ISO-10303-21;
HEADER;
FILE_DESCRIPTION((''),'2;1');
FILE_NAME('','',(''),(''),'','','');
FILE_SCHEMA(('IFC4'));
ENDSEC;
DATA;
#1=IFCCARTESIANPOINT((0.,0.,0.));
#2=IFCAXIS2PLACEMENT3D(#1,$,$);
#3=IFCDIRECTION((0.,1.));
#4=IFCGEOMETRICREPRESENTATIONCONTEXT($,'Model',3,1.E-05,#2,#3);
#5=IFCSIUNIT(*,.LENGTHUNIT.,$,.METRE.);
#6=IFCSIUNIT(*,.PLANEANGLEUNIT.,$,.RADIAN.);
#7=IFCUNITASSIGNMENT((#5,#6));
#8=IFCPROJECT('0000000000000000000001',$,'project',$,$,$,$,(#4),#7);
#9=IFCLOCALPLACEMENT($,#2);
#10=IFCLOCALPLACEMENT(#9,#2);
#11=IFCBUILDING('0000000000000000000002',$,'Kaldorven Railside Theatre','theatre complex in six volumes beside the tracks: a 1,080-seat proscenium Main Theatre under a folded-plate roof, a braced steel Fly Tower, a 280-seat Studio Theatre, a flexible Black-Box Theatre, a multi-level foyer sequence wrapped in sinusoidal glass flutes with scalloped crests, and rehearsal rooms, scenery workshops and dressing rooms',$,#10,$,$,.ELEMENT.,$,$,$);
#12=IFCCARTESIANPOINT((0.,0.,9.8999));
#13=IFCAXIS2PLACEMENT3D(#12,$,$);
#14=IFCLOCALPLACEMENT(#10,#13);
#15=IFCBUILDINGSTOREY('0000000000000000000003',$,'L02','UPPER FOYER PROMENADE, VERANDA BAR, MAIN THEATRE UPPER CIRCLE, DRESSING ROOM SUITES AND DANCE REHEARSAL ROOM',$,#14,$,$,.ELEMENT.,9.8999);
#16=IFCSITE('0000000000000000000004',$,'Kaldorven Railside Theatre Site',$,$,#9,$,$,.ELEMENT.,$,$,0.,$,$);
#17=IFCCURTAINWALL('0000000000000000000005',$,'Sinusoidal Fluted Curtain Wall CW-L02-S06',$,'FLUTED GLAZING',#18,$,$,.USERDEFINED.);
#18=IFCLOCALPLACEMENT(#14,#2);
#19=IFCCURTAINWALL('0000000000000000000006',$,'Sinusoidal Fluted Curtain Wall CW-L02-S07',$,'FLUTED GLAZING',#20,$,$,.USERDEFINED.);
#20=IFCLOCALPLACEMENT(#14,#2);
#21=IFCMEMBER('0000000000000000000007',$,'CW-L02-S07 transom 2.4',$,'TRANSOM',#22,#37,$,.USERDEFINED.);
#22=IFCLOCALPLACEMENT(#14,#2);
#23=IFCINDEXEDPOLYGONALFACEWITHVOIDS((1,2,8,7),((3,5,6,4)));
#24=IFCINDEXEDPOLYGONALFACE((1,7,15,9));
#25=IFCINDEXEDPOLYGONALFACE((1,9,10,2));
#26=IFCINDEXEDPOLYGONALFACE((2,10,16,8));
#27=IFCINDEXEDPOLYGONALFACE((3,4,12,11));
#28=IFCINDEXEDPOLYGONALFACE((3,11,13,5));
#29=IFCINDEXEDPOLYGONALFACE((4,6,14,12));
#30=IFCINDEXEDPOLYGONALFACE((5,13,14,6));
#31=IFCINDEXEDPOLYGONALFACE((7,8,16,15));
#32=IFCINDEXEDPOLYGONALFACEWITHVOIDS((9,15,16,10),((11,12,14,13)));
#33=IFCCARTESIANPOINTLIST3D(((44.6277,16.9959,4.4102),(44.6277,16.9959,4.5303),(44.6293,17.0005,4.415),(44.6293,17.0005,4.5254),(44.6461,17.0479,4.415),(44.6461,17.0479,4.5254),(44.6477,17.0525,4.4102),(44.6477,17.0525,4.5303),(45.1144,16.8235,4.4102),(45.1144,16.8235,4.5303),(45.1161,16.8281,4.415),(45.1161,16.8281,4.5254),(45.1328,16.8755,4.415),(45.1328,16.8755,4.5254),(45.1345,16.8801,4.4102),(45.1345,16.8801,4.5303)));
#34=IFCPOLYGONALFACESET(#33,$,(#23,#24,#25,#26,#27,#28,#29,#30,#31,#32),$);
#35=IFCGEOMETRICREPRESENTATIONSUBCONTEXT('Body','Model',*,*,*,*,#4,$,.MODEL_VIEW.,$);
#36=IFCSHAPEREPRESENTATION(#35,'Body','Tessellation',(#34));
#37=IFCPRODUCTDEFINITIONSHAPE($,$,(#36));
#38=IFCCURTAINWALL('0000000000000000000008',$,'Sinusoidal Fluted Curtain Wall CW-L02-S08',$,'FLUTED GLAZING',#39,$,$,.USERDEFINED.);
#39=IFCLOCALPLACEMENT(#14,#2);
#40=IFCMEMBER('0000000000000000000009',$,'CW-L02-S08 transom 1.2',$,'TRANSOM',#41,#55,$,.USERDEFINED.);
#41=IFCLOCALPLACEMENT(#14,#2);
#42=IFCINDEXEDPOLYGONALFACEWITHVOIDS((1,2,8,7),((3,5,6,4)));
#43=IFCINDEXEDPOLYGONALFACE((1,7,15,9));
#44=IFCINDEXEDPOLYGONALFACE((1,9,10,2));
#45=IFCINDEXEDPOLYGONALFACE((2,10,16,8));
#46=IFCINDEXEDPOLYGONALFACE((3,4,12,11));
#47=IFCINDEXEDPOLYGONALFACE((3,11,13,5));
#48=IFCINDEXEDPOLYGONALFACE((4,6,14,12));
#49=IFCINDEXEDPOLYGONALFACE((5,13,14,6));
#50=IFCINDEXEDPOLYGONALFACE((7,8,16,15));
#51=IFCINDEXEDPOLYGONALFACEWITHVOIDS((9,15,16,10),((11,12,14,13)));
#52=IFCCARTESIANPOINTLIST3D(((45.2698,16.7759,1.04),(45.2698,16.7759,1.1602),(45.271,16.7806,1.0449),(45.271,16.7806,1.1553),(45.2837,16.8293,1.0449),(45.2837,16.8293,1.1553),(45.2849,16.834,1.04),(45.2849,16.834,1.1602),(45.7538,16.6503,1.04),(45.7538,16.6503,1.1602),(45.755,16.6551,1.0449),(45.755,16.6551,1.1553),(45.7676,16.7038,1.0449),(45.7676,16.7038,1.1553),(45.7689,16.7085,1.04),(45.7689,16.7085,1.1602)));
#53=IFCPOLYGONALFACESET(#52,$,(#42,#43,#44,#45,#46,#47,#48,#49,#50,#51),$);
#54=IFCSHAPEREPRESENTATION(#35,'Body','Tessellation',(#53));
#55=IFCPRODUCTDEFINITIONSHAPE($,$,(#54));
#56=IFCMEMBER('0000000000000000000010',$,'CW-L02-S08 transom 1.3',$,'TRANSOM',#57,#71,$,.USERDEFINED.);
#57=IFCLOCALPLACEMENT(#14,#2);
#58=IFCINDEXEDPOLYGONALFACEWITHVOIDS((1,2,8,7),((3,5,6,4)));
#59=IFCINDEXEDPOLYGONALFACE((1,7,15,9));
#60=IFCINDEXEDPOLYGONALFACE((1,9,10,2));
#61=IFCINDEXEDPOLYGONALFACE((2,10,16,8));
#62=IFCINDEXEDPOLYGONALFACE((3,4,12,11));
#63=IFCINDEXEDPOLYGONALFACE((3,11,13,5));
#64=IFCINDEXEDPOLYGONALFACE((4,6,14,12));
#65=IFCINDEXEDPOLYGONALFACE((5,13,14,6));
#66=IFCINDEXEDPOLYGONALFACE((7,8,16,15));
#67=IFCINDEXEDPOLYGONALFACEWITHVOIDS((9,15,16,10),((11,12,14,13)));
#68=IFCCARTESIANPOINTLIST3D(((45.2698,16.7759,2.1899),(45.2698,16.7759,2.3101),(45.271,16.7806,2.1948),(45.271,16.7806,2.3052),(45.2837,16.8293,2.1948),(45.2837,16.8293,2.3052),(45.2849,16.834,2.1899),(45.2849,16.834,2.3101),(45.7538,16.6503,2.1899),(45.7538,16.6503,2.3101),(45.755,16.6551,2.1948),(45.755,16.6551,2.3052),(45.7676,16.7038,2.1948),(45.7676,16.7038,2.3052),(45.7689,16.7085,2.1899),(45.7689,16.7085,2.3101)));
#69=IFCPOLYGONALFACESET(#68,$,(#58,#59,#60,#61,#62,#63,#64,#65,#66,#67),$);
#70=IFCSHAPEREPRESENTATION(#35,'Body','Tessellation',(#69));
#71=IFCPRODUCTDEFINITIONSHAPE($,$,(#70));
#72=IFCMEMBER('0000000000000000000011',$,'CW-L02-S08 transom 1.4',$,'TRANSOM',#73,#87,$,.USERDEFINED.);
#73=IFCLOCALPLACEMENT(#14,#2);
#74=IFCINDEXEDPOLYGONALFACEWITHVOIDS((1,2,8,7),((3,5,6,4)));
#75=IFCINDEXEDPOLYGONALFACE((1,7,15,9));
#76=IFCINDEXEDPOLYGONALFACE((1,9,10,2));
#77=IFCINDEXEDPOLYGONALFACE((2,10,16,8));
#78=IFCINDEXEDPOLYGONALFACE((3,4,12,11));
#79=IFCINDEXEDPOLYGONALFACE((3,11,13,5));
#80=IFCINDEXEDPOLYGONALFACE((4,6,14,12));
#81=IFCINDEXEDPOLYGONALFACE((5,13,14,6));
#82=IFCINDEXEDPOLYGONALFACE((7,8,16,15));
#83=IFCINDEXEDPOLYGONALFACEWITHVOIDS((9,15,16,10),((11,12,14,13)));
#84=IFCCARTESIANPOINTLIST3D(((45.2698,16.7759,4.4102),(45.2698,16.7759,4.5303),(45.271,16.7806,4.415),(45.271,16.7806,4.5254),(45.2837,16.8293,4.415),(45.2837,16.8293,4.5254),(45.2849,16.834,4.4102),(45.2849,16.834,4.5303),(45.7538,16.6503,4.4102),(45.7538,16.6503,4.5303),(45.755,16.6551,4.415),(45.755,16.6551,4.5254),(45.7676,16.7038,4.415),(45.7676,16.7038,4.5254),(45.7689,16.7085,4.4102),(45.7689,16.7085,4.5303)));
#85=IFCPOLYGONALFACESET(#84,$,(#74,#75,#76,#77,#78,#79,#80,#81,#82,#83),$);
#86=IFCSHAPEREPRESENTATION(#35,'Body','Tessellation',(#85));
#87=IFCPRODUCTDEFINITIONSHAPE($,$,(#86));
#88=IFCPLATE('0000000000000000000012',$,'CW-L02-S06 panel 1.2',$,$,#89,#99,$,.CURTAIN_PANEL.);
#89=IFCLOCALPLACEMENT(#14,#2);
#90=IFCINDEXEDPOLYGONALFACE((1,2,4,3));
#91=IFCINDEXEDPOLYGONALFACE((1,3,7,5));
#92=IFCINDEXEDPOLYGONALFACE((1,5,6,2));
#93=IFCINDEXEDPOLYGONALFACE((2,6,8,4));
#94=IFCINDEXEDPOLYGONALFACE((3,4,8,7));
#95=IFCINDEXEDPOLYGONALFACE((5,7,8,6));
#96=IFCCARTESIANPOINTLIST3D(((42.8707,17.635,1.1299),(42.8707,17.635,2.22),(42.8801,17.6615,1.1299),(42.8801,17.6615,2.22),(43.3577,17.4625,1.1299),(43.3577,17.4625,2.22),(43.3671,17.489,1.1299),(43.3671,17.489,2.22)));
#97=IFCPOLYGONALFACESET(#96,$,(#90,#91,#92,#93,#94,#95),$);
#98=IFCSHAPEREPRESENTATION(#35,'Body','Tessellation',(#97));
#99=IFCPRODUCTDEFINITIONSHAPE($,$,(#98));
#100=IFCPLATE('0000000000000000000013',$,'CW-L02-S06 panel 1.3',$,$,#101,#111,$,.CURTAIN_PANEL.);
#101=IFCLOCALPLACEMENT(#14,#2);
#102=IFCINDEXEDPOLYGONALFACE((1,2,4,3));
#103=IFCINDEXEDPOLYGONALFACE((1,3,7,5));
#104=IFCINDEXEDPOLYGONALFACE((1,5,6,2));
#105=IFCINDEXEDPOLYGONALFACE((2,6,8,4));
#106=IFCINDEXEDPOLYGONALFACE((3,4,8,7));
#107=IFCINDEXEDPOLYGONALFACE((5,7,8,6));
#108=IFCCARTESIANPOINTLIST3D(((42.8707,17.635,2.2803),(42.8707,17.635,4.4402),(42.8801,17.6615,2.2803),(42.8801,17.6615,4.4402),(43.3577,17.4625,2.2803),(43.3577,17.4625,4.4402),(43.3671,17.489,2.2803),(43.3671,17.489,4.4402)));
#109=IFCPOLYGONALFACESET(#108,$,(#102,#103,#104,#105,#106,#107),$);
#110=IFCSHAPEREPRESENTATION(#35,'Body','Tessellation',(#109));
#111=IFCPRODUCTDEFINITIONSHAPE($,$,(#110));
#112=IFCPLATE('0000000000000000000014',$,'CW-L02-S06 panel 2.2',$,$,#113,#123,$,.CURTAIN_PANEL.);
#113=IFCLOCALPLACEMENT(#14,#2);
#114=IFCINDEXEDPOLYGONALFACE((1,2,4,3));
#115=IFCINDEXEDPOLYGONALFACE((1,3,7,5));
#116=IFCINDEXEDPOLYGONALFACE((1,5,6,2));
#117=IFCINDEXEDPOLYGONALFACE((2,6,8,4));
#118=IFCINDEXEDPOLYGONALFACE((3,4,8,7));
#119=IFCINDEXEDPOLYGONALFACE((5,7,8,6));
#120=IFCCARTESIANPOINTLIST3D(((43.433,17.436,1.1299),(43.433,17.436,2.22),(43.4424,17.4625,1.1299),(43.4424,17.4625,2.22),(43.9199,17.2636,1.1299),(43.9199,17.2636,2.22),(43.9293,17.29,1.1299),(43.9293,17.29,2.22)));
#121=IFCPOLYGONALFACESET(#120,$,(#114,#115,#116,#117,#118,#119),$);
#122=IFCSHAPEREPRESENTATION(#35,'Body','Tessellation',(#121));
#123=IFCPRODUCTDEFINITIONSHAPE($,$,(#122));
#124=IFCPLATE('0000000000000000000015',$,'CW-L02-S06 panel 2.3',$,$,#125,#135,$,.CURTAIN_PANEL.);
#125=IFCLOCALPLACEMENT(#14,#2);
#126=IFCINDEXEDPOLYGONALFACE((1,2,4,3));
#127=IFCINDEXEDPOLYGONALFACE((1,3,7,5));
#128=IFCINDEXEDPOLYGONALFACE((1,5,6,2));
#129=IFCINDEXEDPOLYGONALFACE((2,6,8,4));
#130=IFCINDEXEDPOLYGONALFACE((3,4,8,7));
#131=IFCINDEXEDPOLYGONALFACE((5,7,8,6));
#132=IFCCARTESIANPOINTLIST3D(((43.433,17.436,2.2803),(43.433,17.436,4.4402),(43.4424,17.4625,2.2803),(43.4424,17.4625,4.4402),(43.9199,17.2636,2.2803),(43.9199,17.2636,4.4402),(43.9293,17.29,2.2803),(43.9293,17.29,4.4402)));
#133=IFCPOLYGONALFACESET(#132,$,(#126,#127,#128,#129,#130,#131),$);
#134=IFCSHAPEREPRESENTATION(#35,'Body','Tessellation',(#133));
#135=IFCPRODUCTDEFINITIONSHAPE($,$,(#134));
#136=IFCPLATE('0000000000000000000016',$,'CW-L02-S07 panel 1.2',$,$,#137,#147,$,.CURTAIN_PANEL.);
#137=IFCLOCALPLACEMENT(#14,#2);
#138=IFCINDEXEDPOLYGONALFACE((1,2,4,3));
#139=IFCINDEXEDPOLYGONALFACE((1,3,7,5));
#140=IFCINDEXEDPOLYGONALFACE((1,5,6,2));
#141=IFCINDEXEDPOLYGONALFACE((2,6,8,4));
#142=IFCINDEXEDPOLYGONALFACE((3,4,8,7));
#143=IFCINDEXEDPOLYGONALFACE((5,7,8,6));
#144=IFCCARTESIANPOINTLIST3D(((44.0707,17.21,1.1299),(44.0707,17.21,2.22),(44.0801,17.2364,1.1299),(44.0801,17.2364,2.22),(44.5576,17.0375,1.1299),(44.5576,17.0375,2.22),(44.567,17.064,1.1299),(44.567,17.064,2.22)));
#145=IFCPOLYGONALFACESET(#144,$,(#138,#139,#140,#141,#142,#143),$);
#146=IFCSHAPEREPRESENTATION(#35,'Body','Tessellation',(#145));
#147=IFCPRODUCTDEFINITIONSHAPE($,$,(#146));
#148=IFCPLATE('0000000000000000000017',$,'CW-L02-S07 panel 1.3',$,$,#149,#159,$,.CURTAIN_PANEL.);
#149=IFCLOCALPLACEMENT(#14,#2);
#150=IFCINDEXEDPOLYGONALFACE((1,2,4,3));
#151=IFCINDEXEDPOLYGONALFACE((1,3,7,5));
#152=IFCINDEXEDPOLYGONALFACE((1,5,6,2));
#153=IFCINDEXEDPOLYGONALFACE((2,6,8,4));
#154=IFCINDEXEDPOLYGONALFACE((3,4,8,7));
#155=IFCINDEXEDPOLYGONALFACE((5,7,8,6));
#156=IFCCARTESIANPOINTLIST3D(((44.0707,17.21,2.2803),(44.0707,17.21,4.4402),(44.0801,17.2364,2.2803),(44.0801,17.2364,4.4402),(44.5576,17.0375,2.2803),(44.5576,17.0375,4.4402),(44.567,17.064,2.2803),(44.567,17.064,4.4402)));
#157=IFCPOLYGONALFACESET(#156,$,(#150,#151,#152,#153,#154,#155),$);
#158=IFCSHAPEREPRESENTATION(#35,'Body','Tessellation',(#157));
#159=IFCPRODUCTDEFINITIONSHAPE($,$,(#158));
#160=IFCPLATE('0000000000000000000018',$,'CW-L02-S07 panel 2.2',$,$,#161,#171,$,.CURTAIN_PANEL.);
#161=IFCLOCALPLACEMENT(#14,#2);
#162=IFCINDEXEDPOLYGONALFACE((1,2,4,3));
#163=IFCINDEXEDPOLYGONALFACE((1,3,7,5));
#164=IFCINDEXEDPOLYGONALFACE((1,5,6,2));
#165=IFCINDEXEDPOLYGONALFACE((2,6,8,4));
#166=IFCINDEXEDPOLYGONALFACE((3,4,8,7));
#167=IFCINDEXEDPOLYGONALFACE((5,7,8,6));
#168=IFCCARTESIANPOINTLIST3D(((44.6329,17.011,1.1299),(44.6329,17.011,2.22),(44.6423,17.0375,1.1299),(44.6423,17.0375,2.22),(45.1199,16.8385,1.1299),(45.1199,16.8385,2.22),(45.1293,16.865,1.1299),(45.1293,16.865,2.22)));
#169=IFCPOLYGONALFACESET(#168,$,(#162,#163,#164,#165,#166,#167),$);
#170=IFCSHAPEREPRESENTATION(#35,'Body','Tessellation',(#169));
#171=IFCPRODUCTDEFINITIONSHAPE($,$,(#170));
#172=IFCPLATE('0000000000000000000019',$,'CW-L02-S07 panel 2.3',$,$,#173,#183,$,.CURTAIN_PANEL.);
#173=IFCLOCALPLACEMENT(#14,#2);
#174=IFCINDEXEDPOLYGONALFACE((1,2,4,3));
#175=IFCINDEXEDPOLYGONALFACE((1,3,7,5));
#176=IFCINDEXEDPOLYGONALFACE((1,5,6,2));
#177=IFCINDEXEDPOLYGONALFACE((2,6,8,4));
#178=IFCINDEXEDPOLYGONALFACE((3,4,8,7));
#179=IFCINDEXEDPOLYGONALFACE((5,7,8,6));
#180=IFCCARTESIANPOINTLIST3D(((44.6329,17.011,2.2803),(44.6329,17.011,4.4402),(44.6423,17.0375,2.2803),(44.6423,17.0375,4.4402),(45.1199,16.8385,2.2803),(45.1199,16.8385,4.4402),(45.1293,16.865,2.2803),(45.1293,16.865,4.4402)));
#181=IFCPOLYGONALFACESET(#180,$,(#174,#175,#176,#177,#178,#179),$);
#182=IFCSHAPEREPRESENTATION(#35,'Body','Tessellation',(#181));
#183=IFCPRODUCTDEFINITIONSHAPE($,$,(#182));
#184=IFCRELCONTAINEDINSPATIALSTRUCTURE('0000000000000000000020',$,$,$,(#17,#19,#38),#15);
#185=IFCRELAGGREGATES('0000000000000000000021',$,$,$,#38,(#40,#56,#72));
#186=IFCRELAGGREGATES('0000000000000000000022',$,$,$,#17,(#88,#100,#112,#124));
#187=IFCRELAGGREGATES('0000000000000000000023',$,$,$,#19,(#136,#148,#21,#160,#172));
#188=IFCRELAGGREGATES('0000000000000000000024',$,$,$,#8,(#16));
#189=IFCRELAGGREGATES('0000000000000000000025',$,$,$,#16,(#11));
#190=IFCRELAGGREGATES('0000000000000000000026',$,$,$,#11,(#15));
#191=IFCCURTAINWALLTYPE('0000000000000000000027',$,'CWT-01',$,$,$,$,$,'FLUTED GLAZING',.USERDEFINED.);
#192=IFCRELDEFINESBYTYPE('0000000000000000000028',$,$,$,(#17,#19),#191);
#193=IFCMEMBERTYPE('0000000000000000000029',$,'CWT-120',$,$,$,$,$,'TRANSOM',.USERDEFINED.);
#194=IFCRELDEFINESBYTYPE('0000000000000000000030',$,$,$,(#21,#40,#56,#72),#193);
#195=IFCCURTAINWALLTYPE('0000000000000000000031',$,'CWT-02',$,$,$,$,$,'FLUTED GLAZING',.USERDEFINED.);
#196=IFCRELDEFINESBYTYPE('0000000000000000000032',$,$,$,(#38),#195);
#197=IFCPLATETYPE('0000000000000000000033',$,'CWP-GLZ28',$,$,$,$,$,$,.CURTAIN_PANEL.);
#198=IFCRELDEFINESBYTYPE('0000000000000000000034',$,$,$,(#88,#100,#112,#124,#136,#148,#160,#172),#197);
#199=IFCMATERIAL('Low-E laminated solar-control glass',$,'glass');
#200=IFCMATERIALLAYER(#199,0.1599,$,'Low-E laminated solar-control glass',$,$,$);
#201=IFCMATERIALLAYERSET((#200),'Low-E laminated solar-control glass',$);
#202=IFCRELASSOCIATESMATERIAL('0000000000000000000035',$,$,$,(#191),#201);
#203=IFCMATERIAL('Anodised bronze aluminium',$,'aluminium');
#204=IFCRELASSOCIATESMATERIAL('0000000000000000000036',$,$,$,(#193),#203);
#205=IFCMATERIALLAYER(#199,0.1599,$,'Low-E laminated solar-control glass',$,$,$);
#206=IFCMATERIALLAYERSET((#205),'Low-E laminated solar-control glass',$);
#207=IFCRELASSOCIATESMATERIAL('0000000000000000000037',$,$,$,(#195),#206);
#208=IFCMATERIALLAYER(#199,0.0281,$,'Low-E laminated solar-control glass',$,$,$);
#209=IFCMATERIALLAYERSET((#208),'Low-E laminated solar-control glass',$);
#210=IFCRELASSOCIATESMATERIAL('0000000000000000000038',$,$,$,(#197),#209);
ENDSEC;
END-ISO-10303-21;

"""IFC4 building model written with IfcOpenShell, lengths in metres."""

from ifc_helpers import new_model, si_unit, direction, frame, origin, origin_2d, place, context, subcontext, project, spatial, rectangle, hollow_rectangle, extrude, material, layer, layer_set, material_profile, profile_set, type_object, element, aggregate, save


model = new_model("IFC4")

# Units and contexts
model_context = context("Model", 3, precision=1e-05, world=origin(), true_north=direction((0.0, 1.0)))
body_context = subcontext(model_context, "Body", "Model", "MODEL_VIEW")
ifc_project = project(units=[si_unit("LENGTHUNIT", "METRE"), si_unit("PLANEANGLEUNIT", "RADIAN")], contexts=[model_context])

# Site, building, storey
site_placement = place(None, origin())
site = spatial("IfcSite", under=ifc_project, at=site_placement, Name="Kaldorven Railside Theatre Site", CompositionType="ELEMENT", RefElevation=0.0)
building_placement = place(site_placement, origin())
building = spatial("IfcBuilding", under=site, at=building_placement, Name="Kaldorven Railside Theatre", Description="theatre complex in six volumes beside the tracks: a 1,080-seat proscenium Main Theatre under a folded-plate roof, a braced steel Fly Tower, a 280-seat Studio Theatre, a flexible Black-Box Theatre, a multi-level foyer sequence wrapped in sinusoidal glass flutes with scalloped crests, and rehearsal rooms, scenery workshops and dressing rooms", CompositionType="ELEMENT")
storey_placement = place(building_placement, frame((0.0, 0.0, 9.8999)))
storey = spatial("IfcBuildingStorey", under=building, at=storey_placement, Name="L02", Description="UPPER FOYER PROMENADE, VERANDA BAR, MAIN THEATRE UPPER CIRCLE, DRESSING ROOM SUITES AND DANCE REHEARSAL ROOM", CompositionType="ELEMENT", Elevation=9.8999)

# Curtain walls, members
ifc_material_1 = material(Name="Low-E laminated solar-control glass", Category="glass")
ifc_layer_1 = layer(ifc_material_1, 0.1599, Name="Low-E laminated solar-control glass")
ifc_layer_set_1 = layer_set([ifc_layer_1], Name="Low-E laminated solar-control glass")
curtain_wall_type_1 = type_object("IfcCurtainWallType", Name="CWT-01", ElementType="FLUTED GLAZING", PredefinedType="USERDEFINED", material=ifc_layer_set_1)
curtain_wall_1_placement = place(storey_placement, origin())
curtain_wall_1 = element("IfcCurtainWall", 1, at=curtain_wall_1_placement, inside=storey, type_object=curtain_wall_type_1, Name="Sinusoidal Fluted Curtain Wall CW-L02-S06", ObjectType="FLUTED GLAZING", PredefinedType="USERDEFINED")
ifc_material_2 = material(Name="Anodised bronze aluminium", Category="aluminium")
ifc_material_profile = material_profile(ifc_material_2, hollow_rectangle(XDim=0.0601, YDim=0.1201, WallThickness=0.0049, at=origin_2d()), Name="RHS 120x60x5")
ifc_profile_set = profile_set([ifc_material_profile], Name="Anodised bronze aluminium")
member_type = type_object("IfcMemberType", Name="CWT-120", ElementType="TRANSOM", PredefinedType="USERDEFINED", material=ifc_profile_set)
curtain_wall_2_placement = place(storey_placement, origin())
curtain_wall_2 = element("IfcCurtainWall", 2, at=curtain_wall_2_placement, inside=storey, type_object=curtain_wall_type_1, Name="Sinusoidal Fluted Curtain Wall CW-L02-S07", ObjectType="FLUTED GLAZING", PredefinedType="USERDEFINED")
member_1_placement = place(storey_placement, frame((44.6377, 17.0242, 4.4702), z_axis=(0.942658, -0.33376, 0.0), x_axis=(0.33376, 0.942658, 0.0)))
member_1 = element("IfcMember", 3, at=member_1_placement, type_object=member_type, Name="CW-L02-S07 transom 2.4", ObjectType="TRANSOM", PredefinedType="USERDEFINED", context=body_context, shape_type="SweptSolid", body=[
    extrude(hollow_rectangle(XDim=0.0601, YDim=0.1201, WallThickness=0.0049, at=origin_2d()), origin(), (0.0, 0.0, 1.0), 0.5164),
])
ifc_layer_2 = layer(ifc_material_1, 0.1599, Name="Low-E laminated solar-control glass")
ifc_layer_set_2 = layer_set([ifc_layer_2], Name="Low-E laminated solar-control glass")
curtain_wall_type_2 = type_object("IfcCurtainWallType", Name="CWT-02", ElementType="FLUTED GLAZING", PredefinedType="USERDEFINED", material=ifc_layer_set_2)
curtain_wall_3_placement = place(storey_placement, origin())
curtain_wall_3 = element("IfcCurtainWall", 4, at=curtain_wall_3_placement, inside=storey, type_object=curtain_wall_type_2, Name="Sinusoidal Fluted Curtain Wall CW-L02-S08", ObjectType="FLUTED GLAZING", PredefinedType="USERDEFINED")
member_2_placement = place(storey_placement, frame((45.2773, 16.8049, 1.1001), z_axis=(0.967979, -0.25103, 0.0), x_axis=(0.25103, 0.967979, 0.0)))
member_2 = element("IfcMember", 5, at=member_2_placement, type_object=member_type, Name="CW-L02-S08 transom 1.2", ObjectType="TRANSOM", PredefinedType="USERDEFINED", context=body_context, shape_type="SweptSolid", body=[
    extrude(hollow_rectangle(XDim=0.0601, YDim=0.1201, WallThickness=0.0049, at=origin_2d()), origin(), (0.0, 0.0, 1.0), 0.5),
])
member_3_placement = place(storey_placement, frame((45.2773, 16.8049, 2.25), z_axis=(0.967979, -0.25103, 0.0), x_axis=(0.25103, 0.967979, 0.0)))
member_3 = element("IfcMember", 6, at=member_3_placement, type_object=member_type, Name="CW-L02-S08 transom 1.3", ObjectType="TRANSOM", PredefinedType="USERDEFINED", context=body_context, shape_type="SweptSolid", body=[
    extrude(hollow_rectangle(XDim=0.0601, YDim=0.1201, WallThickness=0.0049, at=origin_2d()), origin(), (0.0, 0.0, 1.0), 0.5),
])
member_4_placement = place(storey_placement, frame((45.2773, 16.8049, 4.4702), z_axis=(0.967979, -0.25103, 0.0), x_axis=(0.25103, 0.967979, 0.0)))
member_4 = element("IfcMember", 7, at=member_4_placement, type_object=member_type, Name="CW-L02-S08 transom 1.4", ObjectType="TRANSOM", PredefinedType="USERDEFINED", context=body_context, shape_type="SweptSolid", body=[
    extrude(hollow_rectangle(XDim=0.0601, YDim=0.1201, WallThickness=0.0049, at=origin_2d()), origin(), (0.0, 0.0, 1.0), 0.5),
])
aggregate(curtain_wall_3, [member_2, member_3, member_4])

# Plates
ifc_layer_3 = layer(ifc_material_1, 0.0281, Name="Low-E laminated solar-control glass")
ifc_layer_set_3 = layer_set([ifc_layer_3], Name="Low-E laminated solar-control glass")
plate_type = type_object("IfcPlateType", Name="CWP-GLZ28", PredefinedType="CURTAIN_PANEL", material=ifc_layer_set_3)
plate_1_placement = place(storey_placement, frame((43.1189, 17.562, 1.1299), z_axis=(0.0, 0.0, 1.0), x_axis=(0.942627, -0.333847, 0.0)))
plate_1 = element("IfcPlate", 8, at=plate_1_placement, type_object=plate_type, Name="CW-L02-S06 panel 1.2", PredefinedType="CURTAIN_PANEL", context=body_context, shape_type="SweptSolid", body=[
    extrude(rectangle(XDim=0.5166, YDim=0.0281, at=origin_2d()), origin(), (0.0, 0.0, 1.0), 1.0901),
])
plate_2_placement = place(storey_placement, frame((43.1189, 17.562, 2.2803), z_axis=(0.0, 0.0, 1.0), x_axis=(0.942627, -0.333847, 0.0)))
plate_2 = element("IfcPlate", 9, at=plate_2_placement, type_object=plate_type, Name="CW-L02-S06 panel 1.3", PredefinedType="CURTAIN_PANEL", context=body_context, shape_type="SweptSolid", body=[
    extrude(rectangle(XDim=0.5166, YDim=0.0281, at=origin_2d()), origin(), (0.0, 0.0, 1.0), 2.1599),
])
plate_3_placement = place(storey_placement, frame((43.6812, 17.363, 1.1299), z_axis=(0.0, 0.0, 1.0), x_axis=(0.942627, -0.333847, 0.0)))
plate_3 = element("IfcPlate", 10, at=plate_3_placement, type_object=plate_type, Name="CW-L02-S06 panel 2.2", PredefinedType="CURTAIN_PANEL", context=body_context, shape_type="SweptSolid", body=[
    extrude(rectangle(XDim=0.5166, YDim=0.0281, at=origin_2d()), origin(), (0.0, 0.0, 1.0), 1.0901),
])
plate_4_placement = place(storey_placement, frame((43.6812, 17.363, 2.2803), z_axis=(0.0, 0.0, 1.0), x_axis=(0.942627, -0.333847, 0.0)))
plate_4 = element("IfcPlate", 11, at=plate_4_placement, type_object=plate_type, Name="CW-L02-S06 panel 2.3", PredefinedType="CURTAIN_PANEL", context=body_context, shape_type="SweptSolid", body=[
    extrude(rectangle(XDim=0.5166, YDim=0.0281, at=origin_2d()), origin(), (0.0, 0.0, 1.0), 2.1599),
])
aggregate(curtain_wall_1, [plate_1, plate_2, plate_3, plate_4])
plate_5_placement = place(storey_placement, frame((44.3188, 17.137, 1.1299), z_axis=(0.0, 0.0, 1.0), x_axis=(0.942627, -0.333847, 0.0)))
plate_5 = element("IfcPlate", 12, at=plate_5_placement, type_object=plate_type, Name="CW-L02-S07 panel 1.2", PredefinedType="CURTAIN_PANEL", context=body_context, shape_type="SweptSolid", body=[
    extrude(rectangle(XDim=0.5166, YDim=0.0281, at=origin_2d()), origin(), (0.0, 0.0, 1.0), 1.0901),
])
plate_6_placement = place(storey_placement, frame((44.3188, 17.137, 2.2803), z_axis=(0.0, 0.0, 1.0), x_axis=(0.942627, -0.333847, 0.0)))
plate_6 = element("IfcPlate", 13, at=plate_6_placement, type_object=plate_type, Name="CW-L02-S07 panel 1.3", PredefinedType="CURTAIN_PANEL", context=body_context, shape_type="SweptSolid", body=[
    extrude(rectangle(XDim=0.5166, YDim=0.0281, at=origin_2d()), origin(), (0.0, 0.0, 1.0), 2.1599),
])
plate_7_placement = place(storey_placement, frame((44.8811, 16.938, 1.1299), z_axis=(0.0, 0.0, 1.0), x_axis=(0.942627, -0.333847, 0.0)))
plate_7 = element("IfcPlate", 14, at=plate_7_placement, type_object=plate_type, Name="CW-L02-S07 panel 2.2", PredefinedType="CURTAIN_PANEL", context=body_context, shape_type="SweptSolid", body=[
    extrude(rectangle(XDim=0.5166, YDim=0.0281, at=origin_2d()), origin(), (0.0, 0.0, 1.0), 1.0901),
])
plate_8_placement = place(storey_placement, frame((44.8811, 16.938, 2.2803), z_axis=(0.0, 0.0, 1.0), x_axis=(0.942627, -0.333847, 0.0)))
plate_8 = element("IfcPlate", 15, at=plate_8_placement, type_object=plate_type, Name="CW-L02-S07 panel 2.3", PredefinedType="CURTAIN_PANEL", context=body_context, shape_type="SweptSolid", body=[
    extrude(rectangle(XDim=0.5166, YDim=0.0281, at=origin_2d()), origin(), (0.0, 0.0, 1.0), 2.1599),
])
aggregate(curtain_wall_2, [plate_5, plate_6, member_1, plate_7, plate_8])

save(model, "model.ifc")
